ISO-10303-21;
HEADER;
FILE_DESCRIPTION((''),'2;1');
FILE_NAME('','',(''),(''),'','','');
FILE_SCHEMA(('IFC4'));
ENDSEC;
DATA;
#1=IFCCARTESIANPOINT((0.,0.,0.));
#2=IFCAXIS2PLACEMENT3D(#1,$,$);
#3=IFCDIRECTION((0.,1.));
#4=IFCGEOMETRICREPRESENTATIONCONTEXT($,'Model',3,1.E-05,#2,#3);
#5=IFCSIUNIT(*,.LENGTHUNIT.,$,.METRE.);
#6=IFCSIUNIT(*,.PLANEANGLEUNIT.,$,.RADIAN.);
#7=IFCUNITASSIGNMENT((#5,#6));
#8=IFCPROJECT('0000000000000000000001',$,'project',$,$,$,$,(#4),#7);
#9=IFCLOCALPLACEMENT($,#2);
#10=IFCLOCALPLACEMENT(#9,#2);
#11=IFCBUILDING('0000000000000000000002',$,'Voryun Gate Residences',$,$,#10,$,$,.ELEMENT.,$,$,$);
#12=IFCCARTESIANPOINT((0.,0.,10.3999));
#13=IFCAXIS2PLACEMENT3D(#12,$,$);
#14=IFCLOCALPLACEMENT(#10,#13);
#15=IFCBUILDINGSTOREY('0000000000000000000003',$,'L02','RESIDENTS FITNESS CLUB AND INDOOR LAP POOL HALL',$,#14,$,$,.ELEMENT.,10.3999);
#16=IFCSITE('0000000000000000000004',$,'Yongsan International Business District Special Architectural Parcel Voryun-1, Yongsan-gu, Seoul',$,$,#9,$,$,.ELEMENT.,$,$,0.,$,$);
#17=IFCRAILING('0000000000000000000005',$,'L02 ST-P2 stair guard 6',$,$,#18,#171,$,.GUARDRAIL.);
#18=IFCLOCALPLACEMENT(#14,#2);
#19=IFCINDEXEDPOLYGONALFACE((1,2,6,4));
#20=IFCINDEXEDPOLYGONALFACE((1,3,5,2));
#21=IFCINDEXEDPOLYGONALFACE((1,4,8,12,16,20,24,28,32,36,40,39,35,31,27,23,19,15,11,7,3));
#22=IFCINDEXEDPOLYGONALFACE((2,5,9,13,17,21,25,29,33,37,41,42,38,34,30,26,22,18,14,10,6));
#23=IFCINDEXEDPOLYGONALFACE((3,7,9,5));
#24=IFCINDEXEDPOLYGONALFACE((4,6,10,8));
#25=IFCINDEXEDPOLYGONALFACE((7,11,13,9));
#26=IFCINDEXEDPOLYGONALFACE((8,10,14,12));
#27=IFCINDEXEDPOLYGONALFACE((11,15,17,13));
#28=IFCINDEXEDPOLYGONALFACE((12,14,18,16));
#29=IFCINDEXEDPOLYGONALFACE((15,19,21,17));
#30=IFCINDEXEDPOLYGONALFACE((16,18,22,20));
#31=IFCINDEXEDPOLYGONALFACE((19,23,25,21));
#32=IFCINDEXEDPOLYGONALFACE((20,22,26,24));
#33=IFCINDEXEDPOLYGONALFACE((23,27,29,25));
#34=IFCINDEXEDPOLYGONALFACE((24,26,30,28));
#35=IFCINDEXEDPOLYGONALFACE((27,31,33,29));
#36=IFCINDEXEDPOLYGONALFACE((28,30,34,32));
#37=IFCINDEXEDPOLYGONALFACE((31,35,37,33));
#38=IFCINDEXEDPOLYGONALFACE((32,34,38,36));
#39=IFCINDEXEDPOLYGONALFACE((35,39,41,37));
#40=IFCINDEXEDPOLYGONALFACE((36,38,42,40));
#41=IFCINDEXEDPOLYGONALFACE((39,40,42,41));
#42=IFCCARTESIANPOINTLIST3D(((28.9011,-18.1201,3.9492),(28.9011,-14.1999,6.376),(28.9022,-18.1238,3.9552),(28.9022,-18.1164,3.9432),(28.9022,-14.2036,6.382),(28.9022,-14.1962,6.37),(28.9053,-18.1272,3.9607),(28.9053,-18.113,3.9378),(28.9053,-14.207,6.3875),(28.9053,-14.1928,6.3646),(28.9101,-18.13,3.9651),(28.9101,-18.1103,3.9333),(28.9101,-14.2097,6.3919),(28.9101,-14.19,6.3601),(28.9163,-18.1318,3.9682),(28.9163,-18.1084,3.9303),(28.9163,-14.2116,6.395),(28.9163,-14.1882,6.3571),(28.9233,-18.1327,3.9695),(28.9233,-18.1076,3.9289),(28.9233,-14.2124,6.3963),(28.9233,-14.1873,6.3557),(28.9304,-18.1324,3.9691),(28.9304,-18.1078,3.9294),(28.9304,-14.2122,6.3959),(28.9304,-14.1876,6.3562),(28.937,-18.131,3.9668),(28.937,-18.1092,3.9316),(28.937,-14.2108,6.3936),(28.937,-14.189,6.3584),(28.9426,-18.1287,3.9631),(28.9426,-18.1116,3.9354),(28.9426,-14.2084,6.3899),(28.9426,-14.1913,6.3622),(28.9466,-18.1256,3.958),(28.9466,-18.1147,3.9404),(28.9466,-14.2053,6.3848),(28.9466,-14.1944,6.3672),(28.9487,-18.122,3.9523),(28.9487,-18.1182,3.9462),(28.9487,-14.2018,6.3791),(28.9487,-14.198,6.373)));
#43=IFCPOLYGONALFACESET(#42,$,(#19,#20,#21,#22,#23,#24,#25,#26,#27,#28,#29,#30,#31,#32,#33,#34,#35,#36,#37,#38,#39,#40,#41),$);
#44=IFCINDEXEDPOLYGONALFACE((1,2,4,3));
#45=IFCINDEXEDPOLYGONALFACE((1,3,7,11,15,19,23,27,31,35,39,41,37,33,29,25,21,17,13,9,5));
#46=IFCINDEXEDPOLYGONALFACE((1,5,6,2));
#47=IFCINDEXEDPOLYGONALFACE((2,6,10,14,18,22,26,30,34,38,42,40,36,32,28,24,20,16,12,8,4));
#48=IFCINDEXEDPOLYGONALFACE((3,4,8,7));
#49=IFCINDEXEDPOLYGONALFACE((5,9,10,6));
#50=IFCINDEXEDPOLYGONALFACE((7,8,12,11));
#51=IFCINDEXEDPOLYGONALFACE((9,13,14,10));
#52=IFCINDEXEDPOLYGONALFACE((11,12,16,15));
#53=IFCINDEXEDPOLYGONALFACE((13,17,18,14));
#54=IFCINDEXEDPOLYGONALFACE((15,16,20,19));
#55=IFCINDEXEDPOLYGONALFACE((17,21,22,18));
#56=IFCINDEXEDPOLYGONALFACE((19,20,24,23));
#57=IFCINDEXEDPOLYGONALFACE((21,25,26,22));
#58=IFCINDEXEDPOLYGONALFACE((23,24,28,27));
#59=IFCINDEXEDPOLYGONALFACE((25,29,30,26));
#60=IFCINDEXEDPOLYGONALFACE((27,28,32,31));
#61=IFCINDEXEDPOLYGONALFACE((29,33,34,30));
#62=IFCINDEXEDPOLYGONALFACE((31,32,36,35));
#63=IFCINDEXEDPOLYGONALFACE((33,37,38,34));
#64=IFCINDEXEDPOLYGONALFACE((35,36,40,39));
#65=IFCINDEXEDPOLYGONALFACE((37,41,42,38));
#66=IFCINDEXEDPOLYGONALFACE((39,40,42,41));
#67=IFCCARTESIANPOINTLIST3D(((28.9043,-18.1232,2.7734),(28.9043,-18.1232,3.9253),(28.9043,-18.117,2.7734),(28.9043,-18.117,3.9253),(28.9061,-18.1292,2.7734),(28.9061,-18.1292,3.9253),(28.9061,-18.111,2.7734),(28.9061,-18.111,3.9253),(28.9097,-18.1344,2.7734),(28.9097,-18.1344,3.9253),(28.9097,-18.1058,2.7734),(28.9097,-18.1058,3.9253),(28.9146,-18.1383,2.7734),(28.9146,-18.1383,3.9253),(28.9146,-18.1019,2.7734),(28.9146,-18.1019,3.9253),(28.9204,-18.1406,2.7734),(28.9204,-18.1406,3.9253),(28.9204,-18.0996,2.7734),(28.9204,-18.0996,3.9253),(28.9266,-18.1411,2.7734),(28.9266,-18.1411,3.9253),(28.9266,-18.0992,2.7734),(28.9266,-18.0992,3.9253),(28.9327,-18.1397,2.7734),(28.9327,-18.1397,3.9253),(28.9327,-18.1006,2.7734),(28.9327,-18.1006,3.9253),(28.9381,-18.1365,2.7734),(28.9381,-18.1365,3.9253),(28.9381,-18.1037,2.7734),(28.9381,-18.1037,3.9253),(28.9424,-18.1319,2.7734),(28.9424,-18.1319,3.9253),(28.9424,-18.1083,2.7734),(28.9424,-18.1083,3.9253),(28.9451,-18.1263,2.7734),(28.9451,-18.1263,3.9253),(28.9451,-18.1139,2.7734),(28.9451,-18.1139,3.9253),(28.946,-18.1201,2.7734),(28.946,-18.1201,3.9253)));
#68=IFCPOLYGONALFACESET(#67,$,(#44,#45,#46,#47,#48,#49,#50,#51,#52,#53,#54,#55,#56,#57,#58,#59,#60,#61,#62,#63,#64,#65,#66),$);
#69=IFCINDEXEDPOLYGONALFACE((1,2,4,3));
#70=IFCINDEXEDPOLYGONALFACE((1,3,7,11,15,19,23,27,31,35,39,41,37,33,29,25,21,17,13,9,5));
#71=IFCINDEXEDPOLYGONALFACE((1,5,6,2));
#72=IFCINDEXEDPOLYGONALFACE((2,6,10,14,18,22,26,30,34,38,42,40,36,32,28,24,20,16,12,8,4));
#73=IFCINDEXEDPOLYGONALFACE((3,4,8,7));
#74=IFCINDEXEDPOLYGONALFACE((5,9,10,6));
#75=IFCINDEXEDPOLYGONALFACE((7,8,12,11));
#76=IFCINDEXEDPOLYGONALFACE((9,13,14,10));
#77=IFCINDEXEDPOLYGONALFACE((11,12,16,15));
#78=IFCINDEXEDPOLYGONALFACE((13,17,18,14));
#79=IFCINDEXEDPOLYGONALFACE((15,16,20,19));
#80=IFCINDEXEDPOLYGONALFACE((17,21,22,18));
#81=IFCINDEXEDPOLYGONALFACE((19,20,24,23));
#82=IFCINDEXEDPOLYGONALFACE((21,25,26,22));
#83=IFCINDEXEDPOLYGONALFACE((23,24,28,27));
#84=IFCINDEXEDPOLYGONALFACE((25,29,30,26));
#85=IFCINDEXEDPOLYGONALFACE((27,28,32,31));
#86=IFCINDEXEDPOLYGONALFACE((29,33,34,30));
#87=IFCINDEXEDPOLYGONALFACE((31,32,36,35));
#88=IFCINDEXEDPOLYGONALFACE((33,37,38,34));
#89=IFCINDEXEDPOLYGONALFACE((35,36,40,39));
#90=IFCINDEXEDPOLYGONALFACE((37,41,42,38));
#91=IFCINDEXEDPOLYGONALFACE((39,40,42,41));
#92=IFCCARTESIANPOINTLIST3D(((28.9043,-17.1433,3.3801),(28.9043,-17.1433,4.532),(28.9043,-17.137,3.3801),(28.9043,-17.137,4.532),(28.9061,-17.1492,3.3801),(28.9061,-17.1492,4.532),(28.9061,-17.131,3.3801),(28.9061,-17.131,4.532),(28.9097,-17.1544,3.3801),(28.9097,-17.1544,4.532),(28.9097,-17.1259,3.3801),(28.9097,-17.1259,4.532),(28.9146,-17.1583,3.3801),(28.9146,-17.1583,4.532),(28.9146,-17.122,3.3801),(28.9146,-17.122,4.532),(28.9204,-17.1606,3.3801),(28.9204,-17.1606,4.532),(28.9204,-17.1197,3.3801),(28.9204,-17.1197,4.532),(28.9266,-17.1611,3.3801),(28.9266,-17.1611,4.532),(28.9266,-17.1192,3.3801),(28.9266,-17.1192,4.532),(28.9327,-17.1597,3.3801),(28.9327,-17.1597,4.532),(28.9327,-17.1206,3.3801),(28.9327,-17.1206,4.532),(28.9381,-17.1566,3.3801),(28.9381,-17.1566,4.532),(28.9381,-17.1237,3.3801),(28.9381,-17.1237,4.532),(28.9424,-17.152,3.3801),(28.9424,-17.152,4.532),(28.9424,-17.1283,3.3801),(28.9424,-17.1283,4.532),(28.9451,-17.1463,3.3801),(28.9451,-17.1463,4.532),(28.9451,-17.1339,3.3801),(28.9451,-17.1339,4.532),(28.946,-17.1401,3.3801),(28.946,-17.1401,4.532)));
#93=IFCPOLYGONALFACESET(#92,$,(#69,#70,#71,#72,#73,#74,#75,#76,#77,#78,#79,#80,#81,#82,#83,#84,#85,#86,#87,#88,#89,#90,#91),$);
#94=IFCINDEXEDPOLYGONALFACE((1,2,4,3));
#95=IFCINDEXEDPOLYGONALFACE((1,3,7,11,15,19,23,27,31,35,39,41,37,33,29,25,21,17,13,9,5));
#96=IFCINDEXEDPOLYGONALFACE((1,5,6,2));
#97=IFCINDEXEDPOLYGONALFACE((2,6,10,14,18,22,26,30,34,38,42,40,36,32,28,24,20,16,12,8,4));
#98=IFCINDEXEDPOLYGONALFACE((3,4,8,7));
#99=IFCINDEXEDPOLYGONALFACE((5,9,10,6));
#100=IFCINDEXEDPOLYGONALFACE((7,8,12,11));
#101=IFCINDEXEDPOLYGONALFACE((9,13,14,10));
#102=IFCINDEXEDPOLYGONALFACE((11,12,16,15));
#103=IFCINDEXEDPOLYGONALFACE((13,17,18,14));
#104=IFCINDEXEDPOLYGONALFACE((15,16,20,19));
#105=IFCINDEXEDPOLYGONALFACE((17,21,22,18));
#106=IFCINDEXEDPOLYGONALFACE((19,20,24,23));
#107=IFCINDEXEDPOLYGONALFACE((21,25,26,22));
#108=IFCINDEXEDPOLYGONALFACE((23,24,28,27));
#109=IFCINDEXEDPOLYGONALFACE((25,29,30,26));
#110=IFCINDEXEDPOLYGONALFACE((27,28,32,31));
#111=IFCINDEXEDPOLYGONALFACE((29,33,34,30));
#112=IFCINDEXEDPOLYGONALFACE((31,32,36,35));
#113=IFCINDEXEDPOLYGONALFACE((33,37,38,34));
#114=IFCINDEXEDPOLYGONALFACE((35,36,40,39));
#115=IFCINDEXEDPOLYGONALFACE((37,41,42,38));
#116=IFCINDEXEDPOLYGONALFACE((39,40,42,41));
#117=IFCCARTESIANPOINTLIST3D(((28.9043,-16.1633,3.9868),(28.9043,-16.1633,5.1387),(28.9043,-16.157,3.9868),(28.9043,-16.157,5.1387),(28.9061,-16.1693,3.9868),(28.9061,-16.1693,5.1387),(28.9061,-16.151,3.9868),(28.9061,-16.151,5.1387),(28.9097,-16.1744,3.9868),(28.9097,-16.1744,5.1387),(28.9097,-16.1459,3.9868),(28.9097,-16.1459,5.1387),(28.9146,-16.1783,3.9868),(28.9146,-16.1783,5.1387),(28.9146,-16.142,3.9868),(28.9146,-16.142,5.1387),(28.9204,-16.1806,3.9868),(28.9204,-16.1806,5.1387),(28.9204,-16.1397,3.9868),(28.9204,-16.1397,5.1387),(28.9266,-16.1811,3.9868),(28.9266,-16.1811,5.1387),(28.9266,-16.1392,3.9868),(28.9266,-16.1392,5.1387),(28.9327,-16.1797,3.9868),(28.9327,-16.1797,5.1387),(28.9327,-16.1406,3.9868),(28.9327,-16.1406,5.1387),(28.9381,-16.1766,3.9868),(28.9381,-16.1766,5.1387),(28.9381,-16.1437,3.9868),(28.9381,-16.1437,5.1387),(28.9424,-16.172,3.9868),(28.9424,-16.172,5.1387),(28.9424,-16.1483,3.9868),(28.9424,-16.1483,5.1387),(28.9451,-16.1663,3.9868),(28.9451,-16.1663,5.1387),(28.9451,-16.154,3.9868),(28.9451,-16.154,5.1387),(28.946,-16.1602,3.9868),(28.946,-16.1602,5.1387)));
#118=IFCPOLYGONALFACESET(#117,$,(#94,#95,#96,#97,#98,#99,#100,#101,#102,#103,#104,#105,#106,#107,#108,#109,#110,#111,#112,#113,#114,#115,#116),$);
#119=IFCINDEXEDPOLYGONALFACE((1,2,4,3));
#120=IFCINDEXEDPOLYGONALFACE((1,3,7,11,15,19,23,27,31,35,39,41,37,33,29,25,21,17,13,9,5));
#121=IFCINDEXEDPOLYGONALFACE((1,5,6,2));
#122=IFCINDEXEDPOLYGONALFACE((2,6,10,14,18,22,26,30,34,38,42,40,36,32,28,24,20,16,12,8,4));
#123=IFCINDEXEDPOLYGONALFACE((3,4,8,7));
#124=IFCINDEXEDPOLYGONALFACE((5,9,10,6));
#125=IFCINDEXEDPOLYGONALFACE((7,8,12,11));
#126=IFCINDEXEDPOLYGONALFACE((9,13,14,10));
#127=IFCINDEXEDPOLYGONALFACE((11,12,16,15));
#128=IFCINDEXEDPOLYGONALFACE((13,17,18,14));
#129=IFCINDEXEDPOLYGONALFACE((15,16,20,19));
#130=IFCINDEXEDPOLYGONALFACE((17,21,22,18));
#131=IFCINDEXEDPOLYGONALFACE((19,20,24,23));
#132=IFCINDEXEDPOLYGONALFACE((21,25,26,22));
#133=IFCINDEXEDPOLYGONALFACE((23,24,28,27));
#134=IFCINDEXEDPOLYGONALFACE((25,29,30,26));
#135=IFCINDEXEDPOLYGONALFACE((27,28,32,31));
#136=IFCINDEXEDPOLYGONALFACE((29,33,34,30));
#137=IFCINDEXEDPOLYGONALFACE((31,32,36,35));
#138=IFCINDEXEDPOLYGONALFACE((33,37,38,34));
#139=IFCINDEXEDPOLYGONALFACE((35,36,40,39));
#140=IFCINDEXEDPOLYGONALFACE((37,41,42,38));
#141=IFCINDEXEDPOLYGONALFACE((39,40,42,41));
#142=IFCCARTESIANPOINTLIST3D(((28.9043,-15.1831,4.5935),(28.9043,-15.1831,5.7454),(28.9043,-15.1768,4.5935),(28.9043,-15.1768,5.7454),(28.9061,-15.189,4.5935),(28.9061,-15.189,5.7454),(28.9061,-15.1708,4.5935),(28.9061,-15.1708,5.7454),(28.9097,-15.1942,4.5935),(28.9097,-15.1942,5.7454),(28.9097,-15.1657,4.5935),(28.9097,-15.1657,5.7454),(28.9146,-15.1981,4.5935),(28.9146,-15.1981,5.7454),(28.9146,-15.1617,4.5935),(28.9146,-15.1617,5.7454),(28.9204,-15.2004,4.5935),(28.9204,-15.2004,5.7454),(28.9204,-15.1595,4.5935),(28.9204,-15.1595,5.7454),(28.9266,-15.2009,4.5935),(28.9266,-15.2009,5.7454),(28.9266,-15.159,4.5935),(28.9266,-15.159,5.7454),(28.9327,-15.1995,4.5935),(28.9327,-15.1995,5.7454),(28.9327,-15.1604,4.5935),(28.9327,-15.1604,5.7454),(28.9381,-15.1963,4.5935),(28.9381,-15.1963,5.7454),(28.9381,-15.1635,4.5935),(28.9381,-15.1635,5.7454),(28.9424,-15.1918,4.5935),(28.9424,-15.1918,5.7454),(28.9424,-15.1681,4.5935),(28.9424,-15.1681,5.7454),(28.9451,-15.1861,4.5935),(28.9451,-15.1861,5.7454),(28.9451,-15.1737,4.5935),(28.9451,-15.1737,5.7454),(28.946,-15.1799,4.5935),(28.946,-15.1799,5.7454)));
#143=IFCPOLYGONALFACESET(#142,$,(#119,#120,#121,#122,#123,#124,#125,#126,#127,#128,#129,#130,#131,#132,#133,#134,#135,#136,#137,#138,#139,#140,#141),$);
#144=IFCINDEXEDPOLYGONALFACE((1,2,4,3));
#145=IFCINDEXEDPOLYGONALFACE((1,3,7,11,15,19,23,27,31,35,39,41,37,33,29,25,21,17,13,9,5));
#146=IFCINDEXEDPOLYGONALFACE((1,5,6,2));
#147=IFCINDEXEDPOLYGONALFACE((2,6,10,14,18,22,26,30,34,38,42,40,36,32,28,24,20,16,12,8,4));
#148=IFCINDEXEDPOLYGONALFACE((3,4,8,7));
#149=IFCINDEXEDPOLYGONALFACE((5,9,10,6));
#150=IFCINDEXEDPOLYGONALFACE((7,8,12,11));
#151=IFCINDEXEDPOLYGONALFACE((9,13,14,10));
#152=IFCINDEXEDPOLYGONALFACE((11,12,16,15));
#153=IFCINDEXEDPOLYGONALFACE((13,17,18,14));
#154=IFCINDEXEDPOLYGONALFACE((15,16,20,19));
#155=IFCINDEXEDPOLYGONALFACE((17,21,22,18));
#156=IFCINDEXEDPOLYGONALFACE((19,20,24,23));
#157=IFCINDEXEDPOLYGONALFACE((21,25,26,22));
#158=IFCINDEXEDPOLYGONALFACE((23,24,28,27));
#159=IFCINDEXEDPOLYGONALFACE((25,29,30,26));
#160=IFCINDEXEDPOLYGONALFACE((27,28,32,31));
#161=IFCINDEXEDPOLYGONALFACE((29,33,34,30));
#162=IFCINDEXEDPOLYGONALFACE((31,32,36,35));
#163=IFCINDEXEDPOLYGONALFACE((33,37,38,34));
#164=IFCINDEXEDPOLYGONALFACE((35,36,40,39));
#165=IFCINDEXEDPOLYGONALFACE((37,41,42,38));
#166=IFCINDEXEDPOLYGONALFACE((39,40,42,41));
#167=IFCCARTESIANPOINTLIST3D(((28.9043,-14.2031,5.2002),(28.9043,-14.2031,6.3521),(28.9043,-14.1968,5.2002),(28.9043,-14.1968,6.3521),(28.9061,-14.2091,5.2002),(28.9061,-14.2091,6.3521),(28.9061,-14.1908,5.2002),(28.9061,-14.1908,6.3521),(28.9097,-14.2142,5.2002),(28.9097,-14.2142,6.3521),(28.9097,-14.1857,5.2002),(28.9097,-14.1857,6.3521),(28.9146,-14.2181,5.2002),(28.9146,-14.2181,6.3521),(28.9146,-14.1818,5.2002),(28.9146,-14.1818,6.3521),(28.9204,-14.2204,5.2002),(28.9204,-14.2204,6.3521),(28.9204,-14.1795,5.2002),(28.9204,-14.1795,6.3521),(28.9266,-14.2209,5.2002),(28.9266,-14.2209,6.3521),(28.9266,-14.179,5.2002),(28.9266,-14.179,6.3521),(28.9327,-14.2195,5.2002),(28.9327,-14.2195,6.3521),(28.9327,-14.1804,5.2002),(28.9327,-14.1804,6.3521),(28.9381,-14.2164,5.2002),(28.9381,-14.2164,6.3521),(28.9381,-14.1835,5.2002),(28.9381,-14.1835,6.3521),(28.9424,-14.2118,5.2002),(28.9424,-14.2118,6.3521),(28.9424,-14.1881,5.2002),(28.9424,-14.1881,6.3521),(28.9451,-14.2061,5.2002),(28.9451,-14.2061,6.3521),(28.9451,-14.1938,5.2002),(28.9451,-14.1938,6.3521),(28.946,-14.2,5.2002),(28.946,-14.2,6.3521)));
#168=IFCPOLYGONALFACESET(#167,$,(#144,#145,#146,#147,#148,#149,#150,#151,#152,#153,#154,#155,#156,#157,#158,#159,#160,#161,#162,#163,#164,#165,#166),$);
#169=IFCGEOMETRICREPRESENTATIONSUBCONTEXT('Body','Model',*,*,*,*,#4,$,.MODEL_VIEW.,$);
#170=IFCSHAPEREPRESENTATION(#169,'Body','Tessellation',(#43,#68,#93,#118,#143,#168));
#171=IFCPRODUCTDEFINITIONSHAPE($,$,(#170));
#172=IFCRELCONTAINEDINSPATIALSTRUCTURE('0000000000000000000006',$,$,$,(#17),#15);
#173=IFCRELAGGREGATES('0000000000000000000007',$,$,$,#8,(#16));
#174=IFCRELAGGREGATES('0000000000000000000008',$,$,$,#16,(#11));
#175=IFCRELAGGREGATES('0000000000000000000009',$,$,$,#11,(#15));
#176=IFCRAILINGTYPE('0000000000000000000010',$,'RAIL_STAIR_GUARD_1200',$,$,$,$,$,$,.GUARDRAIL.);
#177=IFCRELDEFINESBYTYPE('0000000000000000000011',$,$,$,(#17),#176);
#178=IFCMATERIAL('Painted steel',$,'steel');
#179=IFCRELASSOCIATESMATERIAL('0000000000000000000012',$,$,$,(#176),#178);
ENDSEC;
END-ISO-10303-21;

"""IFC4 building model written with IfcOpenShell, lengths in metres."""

from ifc_helpers import new_model, si_unit, direction, frame, origin, origin_2d, place, context, subcontext, project, spatial, circle, extrude, material, type_object, element, save


model = new_model("IFC4")

# Units and contexts
model_context = context("Model", 3, precision=1e-05, world=origin(), true_north=direction((0.0, 1.0)))
body_context = subcontext(model_context, "Body", "Model", "MODEL_VIEW")
ifc_project = project(units=[si_unit("LENGTHUNIT", "METRE"), si_unit("PLANEANGLEUNIT", "RADIAN")], contexts=[model_context])

# Site, building, storey
site_placement = place(None, origin())
site = spatial("IfcSite", under=ifc_project, at=site_placement, Name="Yongsan International Business District Special Architectural Parcel Voryun-1, Yongsan-gu, Seoul", CompositionType="ELEMENT", RefElevation=0.0)
building_placement = place(site_placement, origin())
building = spatial("IfcBuilding", under=site, at=building_placement, Name="Voryun Gate Residences", CompositionType="ELEMENT")
storey_placement = place(building_placement, frame((0.0, 0.0, 10.3999)))
storey = spatial("IfcBuildingStorey", under=building, at=storey_placement, Name="L02", Description="RESIDENTS FITNESS CLUB AND INDOOR LAP POOL HALL", CompositionType="ELEMENT", Elevation=10.3999)

# Railing
ifc_material_1 = material(Name="Painted steel", Category="steel")
railing_type_1 = type_object("IfcRailingType", Name="RAIL_STAIR_GUARD_1200", PredefinedType="GUARDRAIL", material=ifc_material_1)
railing_1_placement = place(storey_placement, frame((28.925, -18.1201, 2.7734)))
element("IfcRailing", 1, at=railing_1_placement, inside=storey, type_object=railing_type_1, Name="L02 ST-P2 stair guard 6", PredefinedType="GUARDRAIL", context=body_context, shape_type="SweptSolid", body=[
    extrude(circle(Radius=0.0239, at=origin_2d()), frame((0.0, 0.0, 1.1758), z_axis=(0.0, 0.850266, 0.526353), x_axis=(-1.0, 0.0, 0.0)), (0.0, 0.0, 1.0), 4.6106),
    extrude(circle(Radius=0.021, at=origin_2d()), origin(), (0.0, 0.0, 1.0), 1.1519),
    extrude(circle(Radius=0.021, at=origin_2d()), frame((0.0, 0.98, 0.6067)), (0.0, 0.0, 1.0), 1.1519),
    extrude(circle(Radius=0.021, at=origin_2d()), frame((0.0, 1.96, 1.2134)), (0.0, 0.0, 1.0), 1.1519),
    extrude(circle(Radius=0.021, at=origin_2d()), frame((0.0, 2.9402, 1.8201)), (0.0, 0.0, 1.0), 1.1519),
    extrude(circle(Radius=0.021, at=origin_2d()), frame((0.0, 3.9202, 2.4268)), (0.0, 0.0, 1.0), 1.1519),
])

save(model, "model.ifc")
